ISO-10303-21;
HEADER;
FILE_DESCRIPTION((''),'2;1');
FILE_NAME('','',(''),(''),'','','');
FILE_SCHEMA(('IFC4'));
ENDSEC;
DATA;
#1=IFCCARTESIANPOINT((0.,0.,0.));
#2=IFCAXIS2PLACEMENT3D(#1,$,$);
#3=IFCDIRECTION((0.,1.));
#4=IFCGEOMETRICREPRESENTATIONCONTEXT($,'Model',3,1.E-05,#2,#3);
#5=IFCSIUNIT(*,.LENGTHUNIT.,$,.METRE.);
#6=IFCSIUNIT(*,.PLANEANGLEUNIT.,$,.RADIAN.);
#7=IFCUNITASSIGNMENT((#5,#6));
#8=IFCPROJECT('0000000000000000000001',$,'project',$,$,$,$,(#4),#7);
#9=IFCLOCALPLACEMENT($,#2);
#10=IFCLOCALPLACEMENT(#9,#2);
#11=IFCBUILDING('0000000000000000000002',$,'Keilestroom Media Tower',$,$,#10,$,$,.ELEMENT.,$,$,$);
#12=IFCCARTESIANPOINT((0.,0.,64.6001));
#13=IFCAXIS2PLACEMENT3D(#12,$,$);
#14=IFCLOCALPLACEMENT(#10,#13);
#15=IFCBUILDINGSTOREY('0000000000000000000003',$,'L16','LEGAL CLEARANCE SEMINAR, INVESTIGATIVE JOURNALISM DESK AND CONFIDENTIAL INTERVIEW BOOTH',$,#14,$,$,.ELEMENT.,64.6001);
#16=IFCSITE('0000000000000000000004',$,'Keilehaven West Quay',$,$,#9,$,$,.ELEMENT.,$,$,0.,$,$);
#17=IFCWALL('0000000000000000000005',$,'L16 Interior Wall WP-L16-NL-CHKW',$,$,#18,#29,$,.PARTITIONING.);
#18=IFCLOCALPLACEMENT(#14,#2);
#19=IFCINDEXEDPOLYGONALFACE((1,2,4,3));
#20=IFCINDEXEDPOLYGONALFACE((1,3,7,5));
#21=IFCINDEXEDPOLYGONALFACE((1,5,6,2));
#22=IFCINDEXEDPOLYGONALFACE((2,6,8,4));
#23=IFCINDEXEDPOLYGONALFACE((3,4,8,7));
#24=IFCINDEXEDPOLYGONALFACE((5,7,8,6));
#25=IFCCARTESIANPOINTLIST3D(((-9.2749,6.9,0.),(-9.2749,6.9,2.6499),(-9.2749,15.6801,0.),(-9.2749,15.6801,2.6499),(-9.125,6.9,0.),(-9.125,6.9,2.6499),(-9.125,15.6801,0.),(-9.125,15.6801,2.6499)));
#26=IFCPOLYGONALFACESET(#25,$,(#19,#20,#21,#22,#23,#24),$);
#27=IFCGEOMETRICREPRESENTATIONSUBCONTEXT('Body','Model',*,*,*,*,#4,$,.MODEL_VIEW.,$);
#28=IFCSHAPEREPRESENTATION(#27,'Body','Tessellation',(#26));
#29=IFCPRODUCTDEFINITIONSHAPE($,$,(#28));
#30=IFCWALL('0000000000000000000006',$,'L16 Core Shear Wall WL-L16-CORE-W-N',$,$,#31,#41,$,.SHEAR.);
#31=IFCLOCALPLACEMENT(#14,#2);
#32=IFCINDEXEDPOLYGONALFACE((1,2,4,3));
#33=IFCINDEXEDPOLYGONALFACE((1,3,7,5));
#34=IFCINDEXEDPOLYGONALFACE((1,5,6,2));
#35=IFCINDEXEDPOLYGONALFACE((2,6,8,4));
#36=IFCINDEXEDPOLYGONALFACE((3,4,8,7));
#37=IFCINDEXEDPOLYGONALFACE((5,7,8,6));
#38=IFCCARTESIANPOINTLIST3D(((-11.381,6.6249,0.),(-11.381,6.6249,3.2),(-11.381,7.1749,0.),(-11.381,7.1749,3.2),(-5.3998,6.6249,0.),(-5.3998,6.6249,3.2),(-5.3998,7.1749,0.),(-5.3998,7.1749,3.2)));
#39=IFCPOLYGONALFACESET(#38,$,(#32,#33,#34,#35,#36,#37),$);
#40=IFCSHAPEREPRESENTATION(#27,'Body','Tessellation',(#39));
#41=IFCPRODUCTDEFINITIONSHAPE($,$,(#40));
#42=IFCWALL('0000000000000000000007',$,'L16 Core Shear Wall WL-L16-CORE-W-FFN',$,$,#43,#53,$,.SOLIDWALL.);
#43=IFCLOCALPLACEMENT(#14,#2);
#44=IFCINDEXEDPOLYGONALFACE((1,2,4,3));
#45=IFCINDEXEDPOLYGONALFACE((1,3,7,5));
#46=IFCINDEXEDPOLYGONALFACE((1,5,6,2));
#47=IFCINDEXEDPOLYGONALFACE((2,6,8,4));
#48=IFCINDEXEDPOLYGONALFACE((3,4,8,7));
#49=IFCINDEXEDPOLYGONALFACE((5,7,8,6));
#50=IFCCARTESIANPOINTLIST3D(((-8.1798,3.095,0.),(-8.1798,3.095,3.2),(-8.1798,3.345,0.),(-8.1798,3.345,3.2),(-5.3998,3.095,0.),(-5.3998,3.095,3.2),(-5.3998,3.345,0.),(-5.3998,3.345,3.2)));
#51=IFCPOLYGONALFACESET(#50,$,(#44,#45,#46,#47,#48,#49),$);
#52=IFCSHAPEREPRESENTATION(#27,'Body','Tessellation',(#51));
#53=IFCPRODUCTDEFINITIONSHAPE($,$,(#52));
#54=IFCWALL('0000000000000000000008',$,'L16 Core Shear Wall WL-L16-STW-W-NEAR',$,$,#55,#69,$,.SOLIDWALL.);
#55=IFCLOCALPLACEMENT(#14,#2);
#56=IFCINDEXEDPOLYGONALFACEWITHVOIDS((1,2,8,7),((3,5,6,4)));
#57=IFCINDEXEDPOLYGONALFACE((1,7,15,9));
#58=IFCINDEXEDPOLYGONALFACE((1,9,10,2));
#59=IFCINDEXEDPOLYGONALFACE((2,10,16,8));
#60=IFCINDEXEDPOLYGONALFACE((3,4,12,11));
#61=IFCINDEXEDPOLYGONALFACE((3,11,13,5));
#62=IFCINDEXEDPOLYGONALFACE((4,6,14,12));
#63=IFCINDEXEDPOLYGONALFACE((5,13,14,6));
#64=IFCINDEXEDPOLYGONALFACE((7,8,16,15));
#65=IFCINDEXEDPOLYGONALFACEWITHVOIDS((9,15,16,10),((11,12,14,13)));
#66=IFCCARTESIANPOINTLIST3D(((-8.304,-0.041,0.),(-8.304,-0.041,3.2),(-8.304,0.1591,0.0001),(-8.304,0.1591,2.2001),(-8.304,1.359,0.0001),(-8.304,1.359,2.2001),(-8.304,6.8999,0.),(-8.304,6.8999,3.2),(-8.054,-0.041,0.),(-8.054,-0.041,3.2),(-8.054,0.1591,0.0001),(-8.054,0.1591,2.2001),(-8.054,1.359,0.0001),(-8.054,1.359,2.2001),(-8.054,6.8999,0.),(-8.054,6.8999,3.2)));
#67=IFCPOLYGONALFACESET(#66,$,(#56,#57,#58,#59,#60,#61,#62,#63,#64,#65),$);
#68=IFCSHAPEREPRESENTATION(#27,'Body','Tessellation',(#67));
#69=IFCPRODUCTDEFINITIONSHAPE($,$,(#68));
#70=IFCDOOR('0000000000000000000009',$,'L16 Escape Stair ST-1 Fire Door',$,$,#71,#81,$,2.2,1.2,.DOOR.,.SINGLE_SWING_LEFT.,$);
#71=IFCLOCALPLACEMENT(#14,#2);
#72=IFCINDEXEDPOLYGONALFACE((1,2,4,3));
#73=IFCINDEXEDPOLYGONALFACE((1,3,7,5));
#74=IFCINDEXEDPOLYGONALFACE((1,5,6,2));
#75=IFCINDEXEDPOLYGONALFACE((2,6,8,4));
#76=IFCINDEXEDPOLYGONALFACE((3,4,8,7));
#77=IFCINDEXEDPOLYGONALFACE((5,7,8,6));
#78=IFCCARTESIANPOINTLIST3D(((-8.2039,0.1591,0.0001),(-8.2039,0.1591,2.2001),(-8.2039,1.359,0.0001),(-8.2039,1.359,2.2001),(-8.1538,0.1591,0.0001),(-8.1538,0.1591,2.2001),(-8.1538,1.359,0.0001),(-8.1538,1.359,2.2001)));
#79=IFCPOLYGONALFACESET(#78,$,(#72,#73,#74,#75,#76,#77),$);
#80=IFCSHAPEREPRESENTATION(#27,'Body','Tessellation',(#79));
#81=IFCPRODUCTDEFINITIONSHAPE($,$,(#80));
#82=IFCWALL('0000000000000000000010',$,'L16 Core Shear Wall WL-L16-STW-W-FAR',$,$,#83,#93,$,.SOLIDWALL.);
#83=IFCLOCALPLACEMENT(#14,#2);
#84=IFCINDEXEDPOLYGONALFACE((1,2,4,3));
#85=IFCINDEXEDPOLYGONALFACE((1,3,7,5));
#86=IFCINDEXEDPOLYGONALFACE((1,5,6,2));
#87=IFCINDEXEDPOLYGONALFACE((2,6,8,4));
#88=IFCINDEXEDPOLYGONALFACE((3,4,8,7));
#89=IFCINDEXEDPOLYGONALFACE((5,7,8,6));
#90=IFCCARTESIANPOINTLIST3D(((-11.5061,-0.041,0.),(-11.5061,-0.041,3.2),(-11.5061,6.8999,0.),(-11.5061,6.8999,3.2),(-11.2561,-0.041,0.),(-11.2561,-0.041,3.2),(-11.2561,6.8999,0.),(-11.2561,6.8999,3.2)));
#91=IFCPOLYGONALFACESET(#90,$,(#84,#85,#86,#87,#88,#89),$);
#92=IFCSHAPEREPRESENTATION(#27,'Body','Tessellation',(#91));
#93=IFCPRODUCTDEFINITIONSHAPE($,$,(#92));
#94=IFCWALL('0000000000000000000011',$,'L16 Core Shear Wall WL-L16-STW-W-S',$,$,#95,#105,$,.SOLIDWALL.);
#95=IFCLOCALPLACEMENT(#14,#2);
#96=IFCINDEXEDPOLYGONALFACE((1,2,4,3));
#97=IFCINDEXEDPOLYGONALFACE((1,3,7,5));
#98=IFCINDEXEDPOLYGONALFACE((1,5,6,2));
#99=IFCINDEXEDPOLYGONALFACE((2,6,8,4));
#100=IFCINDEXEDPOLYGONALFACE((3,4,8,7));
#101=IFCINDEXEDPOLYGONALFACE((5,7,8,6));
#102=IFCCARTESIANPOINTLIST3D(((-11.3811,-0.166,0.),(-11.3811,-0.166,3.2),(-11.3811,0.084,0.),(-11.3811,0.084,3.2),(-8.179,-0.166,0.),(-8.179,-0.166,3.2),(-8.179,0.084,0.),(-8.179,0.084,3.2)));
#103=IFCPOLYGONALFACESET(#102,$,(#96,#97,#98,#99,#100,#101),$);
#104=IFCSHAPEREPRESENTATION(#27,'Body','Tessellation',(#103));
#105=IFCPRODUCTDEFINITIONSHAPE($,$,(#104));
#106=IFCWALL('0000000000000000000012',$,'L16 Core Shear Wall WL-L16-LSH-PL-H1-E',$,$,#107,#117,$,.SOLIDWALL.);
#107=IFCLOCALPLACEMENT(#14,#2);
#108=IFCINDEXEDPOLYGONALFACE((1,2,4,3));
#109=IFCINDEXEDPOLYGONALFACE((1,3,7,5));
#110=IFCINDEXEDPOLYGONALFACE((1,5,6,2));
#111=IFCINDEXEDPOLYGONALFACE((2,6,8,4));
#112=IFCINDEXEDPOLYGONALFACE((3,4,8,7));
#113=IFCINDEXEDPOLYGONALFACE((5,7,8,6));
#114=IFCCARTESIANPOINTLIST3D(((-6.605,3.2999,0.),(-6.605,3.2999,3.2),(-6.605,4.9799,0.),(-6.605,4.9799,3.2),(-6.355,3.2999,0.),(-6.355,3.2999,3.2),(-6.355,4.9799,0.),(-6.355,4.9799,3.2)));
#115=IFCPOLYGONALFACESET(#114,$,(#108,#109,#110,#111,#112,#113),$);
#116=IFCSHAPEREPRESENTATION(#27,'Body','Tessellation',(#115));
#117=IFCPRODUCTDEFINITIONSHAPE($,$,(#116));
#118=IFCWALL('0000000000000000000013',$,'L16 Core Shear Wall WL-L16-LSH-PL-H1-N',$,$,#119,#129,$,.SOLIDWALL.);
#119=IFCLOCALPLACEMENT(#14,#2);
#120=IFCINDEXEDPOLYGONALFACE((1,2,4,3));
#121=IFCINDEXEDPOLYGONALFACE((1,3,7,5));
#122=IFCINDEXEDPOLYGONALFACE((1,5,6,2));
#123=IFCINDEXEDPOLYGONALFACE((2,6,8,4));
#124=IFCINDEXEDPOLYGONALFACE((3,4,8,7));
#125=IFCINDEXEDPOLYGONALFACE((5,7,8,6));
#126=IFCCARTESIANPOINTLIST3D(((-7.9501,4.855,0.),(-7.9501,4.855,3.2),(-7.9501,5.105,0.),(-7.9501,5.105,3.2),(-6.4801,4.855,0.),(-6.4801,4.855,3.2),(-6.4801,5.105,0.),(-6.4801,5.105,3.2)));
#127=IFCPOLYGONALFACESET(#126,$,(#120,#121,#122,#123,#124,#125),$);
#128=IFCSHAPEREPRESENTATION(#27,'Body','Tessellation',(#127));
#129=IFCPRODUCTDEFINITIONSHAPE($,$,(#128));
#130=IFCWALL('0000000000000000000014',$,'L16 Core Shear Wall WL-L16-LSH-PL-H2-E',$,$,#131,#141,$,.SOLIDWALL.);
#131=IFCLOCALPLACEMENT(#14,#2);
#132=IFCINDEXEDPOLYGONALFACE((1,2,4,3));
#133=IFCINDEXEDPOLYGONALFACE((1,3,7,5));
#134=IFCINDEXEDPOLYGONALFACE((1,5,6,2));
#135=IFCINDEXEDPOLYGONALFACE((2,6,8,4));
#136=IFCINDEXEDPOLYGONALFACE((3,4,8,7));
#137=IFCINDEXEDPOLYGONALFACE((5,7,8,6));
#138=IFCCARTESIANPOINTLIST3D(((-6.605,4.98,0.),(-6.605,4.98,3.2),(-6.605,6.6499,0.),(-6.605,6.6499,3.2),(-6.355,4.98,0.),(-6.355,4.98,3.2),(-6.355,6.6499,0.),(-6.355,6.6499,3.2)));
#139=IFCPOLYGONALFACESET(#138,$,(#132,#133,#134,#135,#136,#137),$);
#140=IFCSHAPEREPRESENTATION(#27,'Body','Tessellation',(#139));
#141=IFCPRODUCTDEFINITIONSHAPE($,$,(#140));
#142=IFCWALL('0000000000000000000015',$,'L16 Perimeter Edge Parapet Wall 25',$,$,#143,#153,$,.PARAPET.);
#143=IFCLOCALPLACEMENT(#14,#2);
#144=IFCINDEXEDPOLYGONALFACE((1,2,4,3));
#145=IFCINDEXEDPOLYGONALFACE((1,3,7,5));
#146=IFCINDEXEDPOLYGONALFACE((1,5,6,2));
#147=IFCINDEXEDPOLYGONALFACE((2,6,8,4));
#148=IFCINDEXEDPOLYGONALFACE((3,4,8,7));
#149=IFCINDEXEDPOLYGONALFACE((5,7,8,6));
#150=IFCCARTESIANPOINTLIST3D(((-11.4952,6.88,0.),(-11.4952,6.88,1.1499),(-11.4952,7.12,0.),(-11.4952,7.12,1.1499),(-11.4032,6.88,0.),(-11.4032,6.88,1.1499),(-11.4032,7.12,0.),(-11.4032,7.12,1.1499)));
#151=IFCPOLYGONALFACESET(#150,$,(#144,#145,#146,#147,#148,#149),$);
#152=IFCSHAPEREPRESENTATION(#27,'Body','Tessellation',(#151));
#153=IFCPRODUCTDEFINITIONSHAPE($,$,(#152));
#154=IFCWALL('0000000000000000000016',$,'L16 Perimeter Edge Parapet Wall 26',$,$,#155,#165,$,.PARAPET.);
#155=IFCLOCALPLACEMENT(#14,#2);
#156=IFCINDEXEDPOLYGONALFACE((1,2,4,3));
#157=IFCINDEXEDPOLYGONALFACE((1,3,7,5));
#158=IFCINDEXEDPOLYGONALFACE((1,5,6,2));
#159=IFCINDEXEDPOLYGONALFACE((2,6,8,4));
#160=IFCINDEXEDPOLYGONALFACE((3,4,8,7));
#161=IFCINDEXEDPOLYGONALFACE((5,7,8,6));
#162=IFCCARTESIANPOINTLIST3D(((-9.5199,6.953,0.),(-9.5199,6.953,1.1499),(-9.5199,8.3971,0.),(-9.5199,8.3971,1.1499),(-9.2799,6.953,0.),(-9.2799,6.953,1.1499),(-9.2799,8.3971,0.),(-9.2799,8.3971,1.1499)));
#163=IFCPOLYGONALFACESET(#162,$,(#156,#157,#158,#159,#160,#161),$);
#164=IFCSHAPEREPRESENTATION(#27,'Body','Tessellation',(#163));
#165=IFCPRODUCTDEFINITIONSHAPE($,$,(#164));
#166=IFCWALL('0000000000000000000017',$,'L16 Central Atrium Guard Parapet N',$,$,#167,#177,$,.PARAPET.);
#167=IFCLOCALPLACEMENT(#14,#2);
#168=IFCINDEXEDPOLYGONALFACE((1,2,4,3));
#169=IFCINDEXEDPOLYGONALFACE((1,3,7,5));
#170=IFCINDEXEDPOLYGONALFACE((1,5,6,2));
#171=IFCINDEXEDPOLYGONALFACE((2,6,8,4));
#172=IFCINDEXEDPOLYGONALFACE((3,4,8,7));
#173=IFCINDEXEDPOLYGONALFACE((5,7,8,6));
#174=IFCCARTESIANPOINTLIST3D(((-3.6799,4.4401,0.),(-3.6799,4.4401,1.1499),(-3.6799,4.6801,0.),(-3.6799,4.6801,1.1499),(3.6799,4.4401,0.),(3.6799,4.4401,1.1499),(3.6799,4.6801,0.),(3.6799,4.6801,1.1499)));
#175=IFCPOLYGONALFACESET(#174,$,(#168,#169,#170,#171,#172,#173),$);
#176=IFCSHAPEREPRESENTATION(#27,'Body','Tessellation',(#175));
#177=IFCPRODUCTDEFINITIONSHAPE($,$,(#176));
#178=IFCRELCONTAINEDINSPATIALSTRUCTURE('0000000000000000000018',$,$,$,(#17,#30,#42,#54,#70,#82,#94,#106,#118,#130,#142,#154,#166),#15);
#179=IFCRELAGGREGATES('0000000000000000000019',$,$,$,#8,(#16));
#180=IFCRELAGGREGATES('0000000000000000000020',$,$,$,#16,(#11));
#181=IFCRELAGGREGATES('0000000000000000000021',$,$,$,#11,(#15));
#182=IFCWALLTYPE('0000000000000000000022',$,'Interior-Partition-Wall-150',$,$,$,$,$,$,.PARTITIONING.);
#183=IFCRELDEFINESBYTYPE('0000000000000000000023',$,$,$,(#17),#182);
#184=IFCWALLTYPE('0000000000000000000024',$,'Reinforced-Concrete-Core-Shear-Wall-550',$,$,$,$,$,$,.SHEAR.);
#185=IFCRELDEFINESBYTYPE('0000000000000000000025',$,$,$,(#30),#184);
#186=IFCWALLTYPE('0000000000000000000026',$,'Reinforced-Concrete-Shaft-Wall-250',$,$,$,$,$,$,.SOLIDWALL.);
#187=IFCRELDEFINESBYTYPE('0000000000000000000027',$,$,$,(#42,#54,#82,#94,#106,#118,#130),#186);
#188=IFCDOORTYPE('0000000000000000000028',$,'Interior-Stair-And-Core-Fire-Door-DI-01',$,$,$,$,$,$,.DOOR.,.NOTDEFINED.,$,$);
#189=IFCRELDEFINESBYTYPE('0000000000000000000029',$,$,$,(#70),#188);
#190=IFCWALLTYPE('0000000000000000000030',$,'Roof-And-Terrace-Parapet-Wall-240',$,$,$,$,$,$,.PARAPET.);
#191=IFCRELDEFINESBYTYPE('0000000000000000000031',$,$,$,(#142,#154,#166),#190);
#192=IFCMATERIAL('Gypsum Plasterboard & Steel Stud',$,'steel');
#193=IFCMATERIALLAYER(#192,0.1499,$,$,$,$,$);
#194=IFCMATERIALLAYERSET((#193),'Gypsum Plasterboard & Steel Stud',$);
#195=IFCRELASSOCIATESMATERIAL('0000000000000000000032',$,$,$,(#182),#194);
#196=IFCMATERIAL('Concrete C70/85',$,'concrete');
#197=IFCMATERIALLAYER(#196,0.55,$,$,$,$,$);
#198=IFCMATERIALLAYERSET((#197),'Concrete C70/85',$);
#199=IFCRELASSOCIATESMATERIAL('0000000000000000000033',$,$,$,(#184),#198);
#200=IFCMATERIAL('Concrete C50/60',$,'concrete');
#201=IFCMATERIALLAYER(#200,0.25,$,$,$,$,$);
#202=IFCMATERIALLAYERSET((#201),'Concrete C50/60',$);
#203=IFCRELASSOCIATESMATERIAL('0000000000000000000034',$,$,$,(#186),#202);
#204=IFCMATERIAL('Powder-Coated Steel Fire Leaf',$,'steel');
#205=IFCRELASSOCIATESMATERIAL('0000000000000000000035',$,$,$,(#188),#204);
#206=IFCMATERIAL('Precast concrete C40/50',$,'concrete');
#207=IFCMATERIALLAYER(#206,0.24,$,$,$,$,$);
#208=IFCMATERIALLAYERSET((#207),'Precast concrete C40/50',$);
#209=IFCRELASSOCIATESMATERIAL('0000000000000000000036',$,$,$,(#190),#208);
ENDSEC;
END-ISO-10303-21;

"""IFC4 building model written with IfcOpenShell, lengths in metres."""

from ifc_helpers import new_model, si_unit, direction, frame, frame_2d, origin, place, context, subcontext, project, spatial, rectangle, extrude, source, transform, mapped, material, layer, layer_set, type_object, element, fill, save


model = new_model("IFC4")

# Units and contexts
model_context = context("Model", 3, precision=1e-05, world=origin(), true_north=direction((0.0, 1.0)))
body_context = subcontext(model_context, "Body", "Model", "MODEL_VIEW")
ifc_project = project(units=[si_unit("LENGTHUNIT", "METRE"), si_unit("PLANEANGLEUNIT", "RADIAN")], contexts=[model_context])

# Site, building, storey
site_placement = place(None, origin())
site = spatial("IfcSite", under=ifc_project, at=site_placement, Name="Keilehaven West Quay", CompositionType="ELEMENT", RefElevation=0.0)
building_placement = place(site_placement, origin())
building = spatial("IfcBuilding", under=site, at=building_placement, Name="Keilestroom Media Tower", CompositionType="ELEMENT")
storey_placement = place(building_placement, frame((0.0, 0.0, 64.6001)))
storey = spatial("IfcBuildingStorey", under=building, at=storey_placement, Name="L16", Description="LEGAL CLEARANCE SEMINAR, INVESTIGATIVE JOURNALISM DESK AND CONFIDENTIAL INTERVIEW BOOTH", CompositionType="ELEMENT", Elevation=64.6001)

# Shared definitions
ifc_material_1 = material(Name="Concrete C70/85", Category="concrete")

# Shared definitions
ifc_material_2 = material(Name="Concrete C50/60", Category="concrete")

# Walls
ifc_material_3 = material(Name="Gypsum Plasterboard & Steel Stud", Category="steel")
ifc_layer_1 = layer(ifc_material_3, 0.1499)
ifc_layer_set_1 = layer_set([ifc_layer_1], Name="Gypsum Plasterboard & Steel Stud")
wall_type_1 = type_object("IfcWallType", Name="Interior-Partition-Wall-150", PredefinedType="PARTITIONING", material=ifc_layer_set_1)
wall_1_placement = place(storey_placement, frame((-9.2, 6.8999, 0.0), z_axis=(0.0, 0.0, 1.0), x_axis=(0.0, 1.0, 0.0)))
element("IfcWall", 1, at=wall_1_placement, inside=storey, type_object=wall_type_1, Name="L16 Interior Wall WP-L16-NL-CHKW", PredefinedType="PARTITIONING", context=body_context, shape_type="SweptSolid", body=[
    extrude(rectangle(XDim=8.78, YDim=0.1499, at=frame_2d((4.3901, 0.0))), origin(), (0.0, 0.0, 1.0), 2.6499),
])
ifc_layer_2 = layer(ifc_material_1, 0.55)
ifc_layer_set_2 = layer_set([ifc_layer_2], Name="Concrete C70/85")
wall_type_2 = type_object("IfcWallType", Name="Reinforced-Concrete-Core-Shear-Wall-550", PredefinedType="SHEAR", material=ifc_layer_set_2)
wall_2_placement = place(storey_placement, frame((-11.3811, 6.8999, 0.0), z_axis=(0.0, 0.0, 1.0), x_axis=(1.0, 0.0, 0.0)))
element("IfcWall", 2, at=wall_2_placement, inside=storey, type_object=wall_type_2, Name="L16 Core Shear Wall WL-L16-CORE-W-N", PredefinedType="SHEAR", context=body_context, shape_type="SweptSolid", body=[
    extrude(rectangle(XDim=5.9812, YDim=0.55, at=frame_2d((2.9907, 0.0))), origin(), (0.0, 0.0, 1.0), 3.2),
])
ifc_layer_3 = layer(ifc_material_2, 0.25)
ifc_layer_set_3 = layer_set([ifc_layer_3], Name="Concrete C50/60")
wall_type_3 = type_object("IfcWallType", Name="Reinforced-Concrete-Shaft-Wall-250", PredefinedType="SOLIDWALL", material=ifc_layer_set_3)
wall_3_placement = place(storey_placement, frame((-8.1799, 3.22, 0.0), z_axis=(0.0, 0.0, 1.0), x_axis=(1.0, 0.0, 0.0)))
element("IfcWall", 3, at=wall_3_placement, inside=storey, type_object=wall_type_3, Name="L16 Core Shear Wall WL-L16-CORE-W-FFN", PredefinedType="SOLIDWALL", context=body_context, shape_type="SweptSolid", body=[
    extrude(rectangle(XDim=2.78, YDim=0.25, at=frame_2d((1.3901, 0.0))), origin(), (0.0, 0.0, 1.0), 3.2),
])

# Wall, opening, door
wall_4_placement = place(storey_placement, frame((-8.179, -0.041, 0.0), z_axis=(0.0, 0.0, 1.0), x_axis=(0.0, 1.0, 0.0)))
wall_4 = element("IfcWall", 4, at=wall_4_placement, inside=storey, type_object=wall_type_3, Name="L16 Core Shear Wall WL-L16-STW-W-NEAR", PredefinedType="SOLIDWALL", context=body_context, shape_type="SweptSolid", body=[
    extrude(rectangle(XDim=6.9409, YDim=0.25, at=frame_2d((3.4705, 0.0))), origin(), (0.0, 0.0, 1.0), 3.2),
])
opening_placement = place(wall_4_placement, frame((0.2, 0.0, 0.0)))
opening = element("IfcOpeningElement", 5, at=opening_placement, cuts=wall_4, PredefinedType="OPENING", context=body_context, shape_type="SweptSolid", body=[
    extrude(rectangle(XDim=1.2, YDim=2.2, at=frame_2d((0.6001, 1.1001))), frame((0.0, 0.135, 0.0), z_axis=(0.0, -1.0, 0.0), x_axis=(1.0, 0.0, 0.0)), (0.0, 0.0, 1.0), 0.27),
])
ifc_material_4 = material(Name="Powder-Coated Steel Fire Leaf", Category="steel")
door_type = type_object("IfcDoorType", Name="Interior-Stair-And-Core-Fire-Door-DI-01", OperationType="NOTDEFINED", PredefinedType="DOOR", material=ifc_material_4)
shared_shape_1 = source(origin(), body_context, "Body", "SweptSolid", [
    extrude(rectangle(XDim=1.2, YDim=2.2, at=frame_2d((0.6001, 1.1001))), frame((0.0, 0.0249, 0.0), z_axis=(0.0, -1.0, 0.0), x_axis=(1.0, 0.0, 0.0)), (0.0, 0.0, 1.0), 0.05),
])
door_placement = place(opening_placement, origin())
door = element("IfcDoor", 6, at=door_placement, inside=storey, type_object=door_type, Name="L16 Escape Stair ST-1 Fire Door", OperationType="SINGLE_SWING_LEFT", OverallHeight=2.2, OverallWidth=1.2, PredefinedType="DOOR", context=body_context, shape_type="MappedRepresentation", body=[
    mapped(shared_shape_1, transform((0.0, 0.0, 0.0), x_axis=(1.0, 0.0, 0.0), y_axis=(0.0, 1.0, 0.0), z_axis=(0.0, 0.0, 1.0), scale=1.0)),
])
fill(opening, door)

# Walls
wall_5_placement = place(storey_placement, frame((-11.3811, -0.041, 0.0), z_axis=(0.0, 0.0, 1.0), x_axis=(0.0, 1.0, 0.0)))
element("IfcWall", 7, at=wall_5_placement, inside=storey, type_object=wall_type_3, Name="L16 Core Shear Wall WL-L16-STW-W-FAR", PredefinedType="SOLIDWALL", context=body_context, shape_type="SweptSolid", body=[
    extrude(rectangle(XDim=6.9409, YDim=0.25, at=frame_2d((3.4705, 0.0))), origin(), (0.0, 0.0, 1.0), 3.2),
])
wall_6_placement = place(storey_placement, frame((-11.3811, -0.041, 0.0), z_axis=(0.0, 0.0, 1.0), x_axis=(1.0, 0.0, 0.0)))
element("IfcWall", 8, at=wall_6_placement, inside=storey, type_object=wall_type_3, Name="L16 Core Shear Wall WL-L16-STW-W-S", PredefinedType="SOLIDWALL", context=body_context, shape_type="SweptSolid", body=[
    extrude(rectangle(XDim=3.2021, YDim=0.25, at=frame_2d((1.6011, 0.0))), origin(), (0.0, 0.0, 1.0), 3.2),
])
wall_7_placement = place(storey_placement, frame((-6.48, 3.3, 0.0), z_axis=(0.0, 0.0, 1.0), x_axis=(0.0, 1.0, 0.0)))
element("IfcWall", 9, at=wall_7_placement, inside=storey, type_object=wall_type_3, Name="L16 Core Shear Wall WL-L16-LSH-PL-H1-E", PredefinedType="SOLIDWALL", context=body_context, shape_type="SweptSolid", body=[
    extrude(rectangle(XDim=1.6799, YDim=0.25, at=frame_2d((0.8398, 0.0))), origin(), (0.0, 0.0, 1.0), 3.2),
])
wall_8_placement = place(storey_placement, frame((-7.95, 4.98, 0.0), z_axis=(0.0, 0.0, 1.0), x_axis=(1.0, 0.0, 0.0)))
element("IfcWall", 10, at=wall_8_placement, inside=storey, type_object=wall_type_3, Name="L16 Core Shear Wall WL-L16-LSH-PL-H1-N", PredefinedType="SOLIDWALL", context=body_context, shape_type="SweptSolid", body=[
    extrude(rectangle(XDim=1.47, YDim=0.25, at=frame_2d((0.7349, 0.0))), origin(), (0.0, 0.0, 1.0), 3.2),
])
wall_9_placement = place(storey_placement, frame((-6.48, 4.98, 0.0), z_axis=(0.0, 0.0, 1.0), x_axis=(0.0, 1.0, 0.0)))
element("IfcWall", 11, at=wall_9_placement, inside=storey, type_object=wall_type_3, Name="L16 Core Shear Wall WL-L16-LSH-PL-H2-E", PredefinedType="SOLIDWALL", context=body_context, shape_type="SweptSolid", body=[
    extrude(rectangle(XDim=1.6699, YDim=0.25, at=frame_2d((0.835, 0.0))), origin(), (0.0, 0.0, 1.0), 3.2),
])
ifc_material_5 = material(Name="Precast concrete C40/50", Category="concrete")
ifc_layer_4 = layer(ifc_material_5, 0.24)
ifc_layer_set_4 = layer_set([ifc_layer_4], Name="Precast concrete C40/50")
wall_type_4 = type_object("IfcWallType", Name="Roof-And-Terrace-Parapet-Wall-240", PredefinedType="PARAPET", material=ifc_layer_set_4)
wall_10_placement = place(storey_placement, frame((-11.4951, 7.0, 0.0), z_axis=(0.0, 0.0, 1.0), x_axis=(1.0, 0.0, 0.0)))
element("IfcWall", 12, at=wall_10_placement, inside=storey, type_object=wall_type_4, Name="L16 Perimeter Edge Parapet Wall 25", PredefinedType="PARAPET", context=body_context, shape_type="SweptSolid", body=[
    extrude(rectangle(XDim=0.092, YDim=0.24, at=frame_2d((0.0459, 0.0))), origin(), (0.0, 0.0, 1.0), 1.1499),
])
wall_11_placement = place(storey_placement, frame((-9.3999, 6.9529, 0.0), z_axis=(0.0, 0.0, 1.0), x_axis=(0.0, 1.0, 0.0)))
element("IfcWall", 13, at=wall_11_placement, inside=storey, type_object=wall_type_4, Name="L16 Perimeter Edge Parapet Wall 26", PredefinedType="PARAPET", context=body_context, shape_type="SweptSolid", body=[
    extrude(rectangle(XDim=1.4441, YDim=0.24, at=frame_2d((0.7222, 0.0))), origin(), (0.0, 0.0, 1.0), 1.1499),
])
wall_12_placement = place(storey_placement, frame((-3.6799, 4.5601, 0.0), z_axis=(0.0, 0.0, 1.0), x_axis=(1.0, 0.0, 0.0)))
element("IfcWall", 14, at=wall_12_placement, inside=storey, type_object=wall_type_4, Name="L16 Central Atrium Guard Parapet N", PredefinedType="PARAPET", context=body_context, shape_type="SweptSolid", body=[
    extrude(rectangle(XDim=7.3599, YDim=0.24, at=frame_2d((3.6799, 0.0))), origin(), (0.0, 0.0, 1.0), 1.1499),
])

save(model, "model.ifc")
